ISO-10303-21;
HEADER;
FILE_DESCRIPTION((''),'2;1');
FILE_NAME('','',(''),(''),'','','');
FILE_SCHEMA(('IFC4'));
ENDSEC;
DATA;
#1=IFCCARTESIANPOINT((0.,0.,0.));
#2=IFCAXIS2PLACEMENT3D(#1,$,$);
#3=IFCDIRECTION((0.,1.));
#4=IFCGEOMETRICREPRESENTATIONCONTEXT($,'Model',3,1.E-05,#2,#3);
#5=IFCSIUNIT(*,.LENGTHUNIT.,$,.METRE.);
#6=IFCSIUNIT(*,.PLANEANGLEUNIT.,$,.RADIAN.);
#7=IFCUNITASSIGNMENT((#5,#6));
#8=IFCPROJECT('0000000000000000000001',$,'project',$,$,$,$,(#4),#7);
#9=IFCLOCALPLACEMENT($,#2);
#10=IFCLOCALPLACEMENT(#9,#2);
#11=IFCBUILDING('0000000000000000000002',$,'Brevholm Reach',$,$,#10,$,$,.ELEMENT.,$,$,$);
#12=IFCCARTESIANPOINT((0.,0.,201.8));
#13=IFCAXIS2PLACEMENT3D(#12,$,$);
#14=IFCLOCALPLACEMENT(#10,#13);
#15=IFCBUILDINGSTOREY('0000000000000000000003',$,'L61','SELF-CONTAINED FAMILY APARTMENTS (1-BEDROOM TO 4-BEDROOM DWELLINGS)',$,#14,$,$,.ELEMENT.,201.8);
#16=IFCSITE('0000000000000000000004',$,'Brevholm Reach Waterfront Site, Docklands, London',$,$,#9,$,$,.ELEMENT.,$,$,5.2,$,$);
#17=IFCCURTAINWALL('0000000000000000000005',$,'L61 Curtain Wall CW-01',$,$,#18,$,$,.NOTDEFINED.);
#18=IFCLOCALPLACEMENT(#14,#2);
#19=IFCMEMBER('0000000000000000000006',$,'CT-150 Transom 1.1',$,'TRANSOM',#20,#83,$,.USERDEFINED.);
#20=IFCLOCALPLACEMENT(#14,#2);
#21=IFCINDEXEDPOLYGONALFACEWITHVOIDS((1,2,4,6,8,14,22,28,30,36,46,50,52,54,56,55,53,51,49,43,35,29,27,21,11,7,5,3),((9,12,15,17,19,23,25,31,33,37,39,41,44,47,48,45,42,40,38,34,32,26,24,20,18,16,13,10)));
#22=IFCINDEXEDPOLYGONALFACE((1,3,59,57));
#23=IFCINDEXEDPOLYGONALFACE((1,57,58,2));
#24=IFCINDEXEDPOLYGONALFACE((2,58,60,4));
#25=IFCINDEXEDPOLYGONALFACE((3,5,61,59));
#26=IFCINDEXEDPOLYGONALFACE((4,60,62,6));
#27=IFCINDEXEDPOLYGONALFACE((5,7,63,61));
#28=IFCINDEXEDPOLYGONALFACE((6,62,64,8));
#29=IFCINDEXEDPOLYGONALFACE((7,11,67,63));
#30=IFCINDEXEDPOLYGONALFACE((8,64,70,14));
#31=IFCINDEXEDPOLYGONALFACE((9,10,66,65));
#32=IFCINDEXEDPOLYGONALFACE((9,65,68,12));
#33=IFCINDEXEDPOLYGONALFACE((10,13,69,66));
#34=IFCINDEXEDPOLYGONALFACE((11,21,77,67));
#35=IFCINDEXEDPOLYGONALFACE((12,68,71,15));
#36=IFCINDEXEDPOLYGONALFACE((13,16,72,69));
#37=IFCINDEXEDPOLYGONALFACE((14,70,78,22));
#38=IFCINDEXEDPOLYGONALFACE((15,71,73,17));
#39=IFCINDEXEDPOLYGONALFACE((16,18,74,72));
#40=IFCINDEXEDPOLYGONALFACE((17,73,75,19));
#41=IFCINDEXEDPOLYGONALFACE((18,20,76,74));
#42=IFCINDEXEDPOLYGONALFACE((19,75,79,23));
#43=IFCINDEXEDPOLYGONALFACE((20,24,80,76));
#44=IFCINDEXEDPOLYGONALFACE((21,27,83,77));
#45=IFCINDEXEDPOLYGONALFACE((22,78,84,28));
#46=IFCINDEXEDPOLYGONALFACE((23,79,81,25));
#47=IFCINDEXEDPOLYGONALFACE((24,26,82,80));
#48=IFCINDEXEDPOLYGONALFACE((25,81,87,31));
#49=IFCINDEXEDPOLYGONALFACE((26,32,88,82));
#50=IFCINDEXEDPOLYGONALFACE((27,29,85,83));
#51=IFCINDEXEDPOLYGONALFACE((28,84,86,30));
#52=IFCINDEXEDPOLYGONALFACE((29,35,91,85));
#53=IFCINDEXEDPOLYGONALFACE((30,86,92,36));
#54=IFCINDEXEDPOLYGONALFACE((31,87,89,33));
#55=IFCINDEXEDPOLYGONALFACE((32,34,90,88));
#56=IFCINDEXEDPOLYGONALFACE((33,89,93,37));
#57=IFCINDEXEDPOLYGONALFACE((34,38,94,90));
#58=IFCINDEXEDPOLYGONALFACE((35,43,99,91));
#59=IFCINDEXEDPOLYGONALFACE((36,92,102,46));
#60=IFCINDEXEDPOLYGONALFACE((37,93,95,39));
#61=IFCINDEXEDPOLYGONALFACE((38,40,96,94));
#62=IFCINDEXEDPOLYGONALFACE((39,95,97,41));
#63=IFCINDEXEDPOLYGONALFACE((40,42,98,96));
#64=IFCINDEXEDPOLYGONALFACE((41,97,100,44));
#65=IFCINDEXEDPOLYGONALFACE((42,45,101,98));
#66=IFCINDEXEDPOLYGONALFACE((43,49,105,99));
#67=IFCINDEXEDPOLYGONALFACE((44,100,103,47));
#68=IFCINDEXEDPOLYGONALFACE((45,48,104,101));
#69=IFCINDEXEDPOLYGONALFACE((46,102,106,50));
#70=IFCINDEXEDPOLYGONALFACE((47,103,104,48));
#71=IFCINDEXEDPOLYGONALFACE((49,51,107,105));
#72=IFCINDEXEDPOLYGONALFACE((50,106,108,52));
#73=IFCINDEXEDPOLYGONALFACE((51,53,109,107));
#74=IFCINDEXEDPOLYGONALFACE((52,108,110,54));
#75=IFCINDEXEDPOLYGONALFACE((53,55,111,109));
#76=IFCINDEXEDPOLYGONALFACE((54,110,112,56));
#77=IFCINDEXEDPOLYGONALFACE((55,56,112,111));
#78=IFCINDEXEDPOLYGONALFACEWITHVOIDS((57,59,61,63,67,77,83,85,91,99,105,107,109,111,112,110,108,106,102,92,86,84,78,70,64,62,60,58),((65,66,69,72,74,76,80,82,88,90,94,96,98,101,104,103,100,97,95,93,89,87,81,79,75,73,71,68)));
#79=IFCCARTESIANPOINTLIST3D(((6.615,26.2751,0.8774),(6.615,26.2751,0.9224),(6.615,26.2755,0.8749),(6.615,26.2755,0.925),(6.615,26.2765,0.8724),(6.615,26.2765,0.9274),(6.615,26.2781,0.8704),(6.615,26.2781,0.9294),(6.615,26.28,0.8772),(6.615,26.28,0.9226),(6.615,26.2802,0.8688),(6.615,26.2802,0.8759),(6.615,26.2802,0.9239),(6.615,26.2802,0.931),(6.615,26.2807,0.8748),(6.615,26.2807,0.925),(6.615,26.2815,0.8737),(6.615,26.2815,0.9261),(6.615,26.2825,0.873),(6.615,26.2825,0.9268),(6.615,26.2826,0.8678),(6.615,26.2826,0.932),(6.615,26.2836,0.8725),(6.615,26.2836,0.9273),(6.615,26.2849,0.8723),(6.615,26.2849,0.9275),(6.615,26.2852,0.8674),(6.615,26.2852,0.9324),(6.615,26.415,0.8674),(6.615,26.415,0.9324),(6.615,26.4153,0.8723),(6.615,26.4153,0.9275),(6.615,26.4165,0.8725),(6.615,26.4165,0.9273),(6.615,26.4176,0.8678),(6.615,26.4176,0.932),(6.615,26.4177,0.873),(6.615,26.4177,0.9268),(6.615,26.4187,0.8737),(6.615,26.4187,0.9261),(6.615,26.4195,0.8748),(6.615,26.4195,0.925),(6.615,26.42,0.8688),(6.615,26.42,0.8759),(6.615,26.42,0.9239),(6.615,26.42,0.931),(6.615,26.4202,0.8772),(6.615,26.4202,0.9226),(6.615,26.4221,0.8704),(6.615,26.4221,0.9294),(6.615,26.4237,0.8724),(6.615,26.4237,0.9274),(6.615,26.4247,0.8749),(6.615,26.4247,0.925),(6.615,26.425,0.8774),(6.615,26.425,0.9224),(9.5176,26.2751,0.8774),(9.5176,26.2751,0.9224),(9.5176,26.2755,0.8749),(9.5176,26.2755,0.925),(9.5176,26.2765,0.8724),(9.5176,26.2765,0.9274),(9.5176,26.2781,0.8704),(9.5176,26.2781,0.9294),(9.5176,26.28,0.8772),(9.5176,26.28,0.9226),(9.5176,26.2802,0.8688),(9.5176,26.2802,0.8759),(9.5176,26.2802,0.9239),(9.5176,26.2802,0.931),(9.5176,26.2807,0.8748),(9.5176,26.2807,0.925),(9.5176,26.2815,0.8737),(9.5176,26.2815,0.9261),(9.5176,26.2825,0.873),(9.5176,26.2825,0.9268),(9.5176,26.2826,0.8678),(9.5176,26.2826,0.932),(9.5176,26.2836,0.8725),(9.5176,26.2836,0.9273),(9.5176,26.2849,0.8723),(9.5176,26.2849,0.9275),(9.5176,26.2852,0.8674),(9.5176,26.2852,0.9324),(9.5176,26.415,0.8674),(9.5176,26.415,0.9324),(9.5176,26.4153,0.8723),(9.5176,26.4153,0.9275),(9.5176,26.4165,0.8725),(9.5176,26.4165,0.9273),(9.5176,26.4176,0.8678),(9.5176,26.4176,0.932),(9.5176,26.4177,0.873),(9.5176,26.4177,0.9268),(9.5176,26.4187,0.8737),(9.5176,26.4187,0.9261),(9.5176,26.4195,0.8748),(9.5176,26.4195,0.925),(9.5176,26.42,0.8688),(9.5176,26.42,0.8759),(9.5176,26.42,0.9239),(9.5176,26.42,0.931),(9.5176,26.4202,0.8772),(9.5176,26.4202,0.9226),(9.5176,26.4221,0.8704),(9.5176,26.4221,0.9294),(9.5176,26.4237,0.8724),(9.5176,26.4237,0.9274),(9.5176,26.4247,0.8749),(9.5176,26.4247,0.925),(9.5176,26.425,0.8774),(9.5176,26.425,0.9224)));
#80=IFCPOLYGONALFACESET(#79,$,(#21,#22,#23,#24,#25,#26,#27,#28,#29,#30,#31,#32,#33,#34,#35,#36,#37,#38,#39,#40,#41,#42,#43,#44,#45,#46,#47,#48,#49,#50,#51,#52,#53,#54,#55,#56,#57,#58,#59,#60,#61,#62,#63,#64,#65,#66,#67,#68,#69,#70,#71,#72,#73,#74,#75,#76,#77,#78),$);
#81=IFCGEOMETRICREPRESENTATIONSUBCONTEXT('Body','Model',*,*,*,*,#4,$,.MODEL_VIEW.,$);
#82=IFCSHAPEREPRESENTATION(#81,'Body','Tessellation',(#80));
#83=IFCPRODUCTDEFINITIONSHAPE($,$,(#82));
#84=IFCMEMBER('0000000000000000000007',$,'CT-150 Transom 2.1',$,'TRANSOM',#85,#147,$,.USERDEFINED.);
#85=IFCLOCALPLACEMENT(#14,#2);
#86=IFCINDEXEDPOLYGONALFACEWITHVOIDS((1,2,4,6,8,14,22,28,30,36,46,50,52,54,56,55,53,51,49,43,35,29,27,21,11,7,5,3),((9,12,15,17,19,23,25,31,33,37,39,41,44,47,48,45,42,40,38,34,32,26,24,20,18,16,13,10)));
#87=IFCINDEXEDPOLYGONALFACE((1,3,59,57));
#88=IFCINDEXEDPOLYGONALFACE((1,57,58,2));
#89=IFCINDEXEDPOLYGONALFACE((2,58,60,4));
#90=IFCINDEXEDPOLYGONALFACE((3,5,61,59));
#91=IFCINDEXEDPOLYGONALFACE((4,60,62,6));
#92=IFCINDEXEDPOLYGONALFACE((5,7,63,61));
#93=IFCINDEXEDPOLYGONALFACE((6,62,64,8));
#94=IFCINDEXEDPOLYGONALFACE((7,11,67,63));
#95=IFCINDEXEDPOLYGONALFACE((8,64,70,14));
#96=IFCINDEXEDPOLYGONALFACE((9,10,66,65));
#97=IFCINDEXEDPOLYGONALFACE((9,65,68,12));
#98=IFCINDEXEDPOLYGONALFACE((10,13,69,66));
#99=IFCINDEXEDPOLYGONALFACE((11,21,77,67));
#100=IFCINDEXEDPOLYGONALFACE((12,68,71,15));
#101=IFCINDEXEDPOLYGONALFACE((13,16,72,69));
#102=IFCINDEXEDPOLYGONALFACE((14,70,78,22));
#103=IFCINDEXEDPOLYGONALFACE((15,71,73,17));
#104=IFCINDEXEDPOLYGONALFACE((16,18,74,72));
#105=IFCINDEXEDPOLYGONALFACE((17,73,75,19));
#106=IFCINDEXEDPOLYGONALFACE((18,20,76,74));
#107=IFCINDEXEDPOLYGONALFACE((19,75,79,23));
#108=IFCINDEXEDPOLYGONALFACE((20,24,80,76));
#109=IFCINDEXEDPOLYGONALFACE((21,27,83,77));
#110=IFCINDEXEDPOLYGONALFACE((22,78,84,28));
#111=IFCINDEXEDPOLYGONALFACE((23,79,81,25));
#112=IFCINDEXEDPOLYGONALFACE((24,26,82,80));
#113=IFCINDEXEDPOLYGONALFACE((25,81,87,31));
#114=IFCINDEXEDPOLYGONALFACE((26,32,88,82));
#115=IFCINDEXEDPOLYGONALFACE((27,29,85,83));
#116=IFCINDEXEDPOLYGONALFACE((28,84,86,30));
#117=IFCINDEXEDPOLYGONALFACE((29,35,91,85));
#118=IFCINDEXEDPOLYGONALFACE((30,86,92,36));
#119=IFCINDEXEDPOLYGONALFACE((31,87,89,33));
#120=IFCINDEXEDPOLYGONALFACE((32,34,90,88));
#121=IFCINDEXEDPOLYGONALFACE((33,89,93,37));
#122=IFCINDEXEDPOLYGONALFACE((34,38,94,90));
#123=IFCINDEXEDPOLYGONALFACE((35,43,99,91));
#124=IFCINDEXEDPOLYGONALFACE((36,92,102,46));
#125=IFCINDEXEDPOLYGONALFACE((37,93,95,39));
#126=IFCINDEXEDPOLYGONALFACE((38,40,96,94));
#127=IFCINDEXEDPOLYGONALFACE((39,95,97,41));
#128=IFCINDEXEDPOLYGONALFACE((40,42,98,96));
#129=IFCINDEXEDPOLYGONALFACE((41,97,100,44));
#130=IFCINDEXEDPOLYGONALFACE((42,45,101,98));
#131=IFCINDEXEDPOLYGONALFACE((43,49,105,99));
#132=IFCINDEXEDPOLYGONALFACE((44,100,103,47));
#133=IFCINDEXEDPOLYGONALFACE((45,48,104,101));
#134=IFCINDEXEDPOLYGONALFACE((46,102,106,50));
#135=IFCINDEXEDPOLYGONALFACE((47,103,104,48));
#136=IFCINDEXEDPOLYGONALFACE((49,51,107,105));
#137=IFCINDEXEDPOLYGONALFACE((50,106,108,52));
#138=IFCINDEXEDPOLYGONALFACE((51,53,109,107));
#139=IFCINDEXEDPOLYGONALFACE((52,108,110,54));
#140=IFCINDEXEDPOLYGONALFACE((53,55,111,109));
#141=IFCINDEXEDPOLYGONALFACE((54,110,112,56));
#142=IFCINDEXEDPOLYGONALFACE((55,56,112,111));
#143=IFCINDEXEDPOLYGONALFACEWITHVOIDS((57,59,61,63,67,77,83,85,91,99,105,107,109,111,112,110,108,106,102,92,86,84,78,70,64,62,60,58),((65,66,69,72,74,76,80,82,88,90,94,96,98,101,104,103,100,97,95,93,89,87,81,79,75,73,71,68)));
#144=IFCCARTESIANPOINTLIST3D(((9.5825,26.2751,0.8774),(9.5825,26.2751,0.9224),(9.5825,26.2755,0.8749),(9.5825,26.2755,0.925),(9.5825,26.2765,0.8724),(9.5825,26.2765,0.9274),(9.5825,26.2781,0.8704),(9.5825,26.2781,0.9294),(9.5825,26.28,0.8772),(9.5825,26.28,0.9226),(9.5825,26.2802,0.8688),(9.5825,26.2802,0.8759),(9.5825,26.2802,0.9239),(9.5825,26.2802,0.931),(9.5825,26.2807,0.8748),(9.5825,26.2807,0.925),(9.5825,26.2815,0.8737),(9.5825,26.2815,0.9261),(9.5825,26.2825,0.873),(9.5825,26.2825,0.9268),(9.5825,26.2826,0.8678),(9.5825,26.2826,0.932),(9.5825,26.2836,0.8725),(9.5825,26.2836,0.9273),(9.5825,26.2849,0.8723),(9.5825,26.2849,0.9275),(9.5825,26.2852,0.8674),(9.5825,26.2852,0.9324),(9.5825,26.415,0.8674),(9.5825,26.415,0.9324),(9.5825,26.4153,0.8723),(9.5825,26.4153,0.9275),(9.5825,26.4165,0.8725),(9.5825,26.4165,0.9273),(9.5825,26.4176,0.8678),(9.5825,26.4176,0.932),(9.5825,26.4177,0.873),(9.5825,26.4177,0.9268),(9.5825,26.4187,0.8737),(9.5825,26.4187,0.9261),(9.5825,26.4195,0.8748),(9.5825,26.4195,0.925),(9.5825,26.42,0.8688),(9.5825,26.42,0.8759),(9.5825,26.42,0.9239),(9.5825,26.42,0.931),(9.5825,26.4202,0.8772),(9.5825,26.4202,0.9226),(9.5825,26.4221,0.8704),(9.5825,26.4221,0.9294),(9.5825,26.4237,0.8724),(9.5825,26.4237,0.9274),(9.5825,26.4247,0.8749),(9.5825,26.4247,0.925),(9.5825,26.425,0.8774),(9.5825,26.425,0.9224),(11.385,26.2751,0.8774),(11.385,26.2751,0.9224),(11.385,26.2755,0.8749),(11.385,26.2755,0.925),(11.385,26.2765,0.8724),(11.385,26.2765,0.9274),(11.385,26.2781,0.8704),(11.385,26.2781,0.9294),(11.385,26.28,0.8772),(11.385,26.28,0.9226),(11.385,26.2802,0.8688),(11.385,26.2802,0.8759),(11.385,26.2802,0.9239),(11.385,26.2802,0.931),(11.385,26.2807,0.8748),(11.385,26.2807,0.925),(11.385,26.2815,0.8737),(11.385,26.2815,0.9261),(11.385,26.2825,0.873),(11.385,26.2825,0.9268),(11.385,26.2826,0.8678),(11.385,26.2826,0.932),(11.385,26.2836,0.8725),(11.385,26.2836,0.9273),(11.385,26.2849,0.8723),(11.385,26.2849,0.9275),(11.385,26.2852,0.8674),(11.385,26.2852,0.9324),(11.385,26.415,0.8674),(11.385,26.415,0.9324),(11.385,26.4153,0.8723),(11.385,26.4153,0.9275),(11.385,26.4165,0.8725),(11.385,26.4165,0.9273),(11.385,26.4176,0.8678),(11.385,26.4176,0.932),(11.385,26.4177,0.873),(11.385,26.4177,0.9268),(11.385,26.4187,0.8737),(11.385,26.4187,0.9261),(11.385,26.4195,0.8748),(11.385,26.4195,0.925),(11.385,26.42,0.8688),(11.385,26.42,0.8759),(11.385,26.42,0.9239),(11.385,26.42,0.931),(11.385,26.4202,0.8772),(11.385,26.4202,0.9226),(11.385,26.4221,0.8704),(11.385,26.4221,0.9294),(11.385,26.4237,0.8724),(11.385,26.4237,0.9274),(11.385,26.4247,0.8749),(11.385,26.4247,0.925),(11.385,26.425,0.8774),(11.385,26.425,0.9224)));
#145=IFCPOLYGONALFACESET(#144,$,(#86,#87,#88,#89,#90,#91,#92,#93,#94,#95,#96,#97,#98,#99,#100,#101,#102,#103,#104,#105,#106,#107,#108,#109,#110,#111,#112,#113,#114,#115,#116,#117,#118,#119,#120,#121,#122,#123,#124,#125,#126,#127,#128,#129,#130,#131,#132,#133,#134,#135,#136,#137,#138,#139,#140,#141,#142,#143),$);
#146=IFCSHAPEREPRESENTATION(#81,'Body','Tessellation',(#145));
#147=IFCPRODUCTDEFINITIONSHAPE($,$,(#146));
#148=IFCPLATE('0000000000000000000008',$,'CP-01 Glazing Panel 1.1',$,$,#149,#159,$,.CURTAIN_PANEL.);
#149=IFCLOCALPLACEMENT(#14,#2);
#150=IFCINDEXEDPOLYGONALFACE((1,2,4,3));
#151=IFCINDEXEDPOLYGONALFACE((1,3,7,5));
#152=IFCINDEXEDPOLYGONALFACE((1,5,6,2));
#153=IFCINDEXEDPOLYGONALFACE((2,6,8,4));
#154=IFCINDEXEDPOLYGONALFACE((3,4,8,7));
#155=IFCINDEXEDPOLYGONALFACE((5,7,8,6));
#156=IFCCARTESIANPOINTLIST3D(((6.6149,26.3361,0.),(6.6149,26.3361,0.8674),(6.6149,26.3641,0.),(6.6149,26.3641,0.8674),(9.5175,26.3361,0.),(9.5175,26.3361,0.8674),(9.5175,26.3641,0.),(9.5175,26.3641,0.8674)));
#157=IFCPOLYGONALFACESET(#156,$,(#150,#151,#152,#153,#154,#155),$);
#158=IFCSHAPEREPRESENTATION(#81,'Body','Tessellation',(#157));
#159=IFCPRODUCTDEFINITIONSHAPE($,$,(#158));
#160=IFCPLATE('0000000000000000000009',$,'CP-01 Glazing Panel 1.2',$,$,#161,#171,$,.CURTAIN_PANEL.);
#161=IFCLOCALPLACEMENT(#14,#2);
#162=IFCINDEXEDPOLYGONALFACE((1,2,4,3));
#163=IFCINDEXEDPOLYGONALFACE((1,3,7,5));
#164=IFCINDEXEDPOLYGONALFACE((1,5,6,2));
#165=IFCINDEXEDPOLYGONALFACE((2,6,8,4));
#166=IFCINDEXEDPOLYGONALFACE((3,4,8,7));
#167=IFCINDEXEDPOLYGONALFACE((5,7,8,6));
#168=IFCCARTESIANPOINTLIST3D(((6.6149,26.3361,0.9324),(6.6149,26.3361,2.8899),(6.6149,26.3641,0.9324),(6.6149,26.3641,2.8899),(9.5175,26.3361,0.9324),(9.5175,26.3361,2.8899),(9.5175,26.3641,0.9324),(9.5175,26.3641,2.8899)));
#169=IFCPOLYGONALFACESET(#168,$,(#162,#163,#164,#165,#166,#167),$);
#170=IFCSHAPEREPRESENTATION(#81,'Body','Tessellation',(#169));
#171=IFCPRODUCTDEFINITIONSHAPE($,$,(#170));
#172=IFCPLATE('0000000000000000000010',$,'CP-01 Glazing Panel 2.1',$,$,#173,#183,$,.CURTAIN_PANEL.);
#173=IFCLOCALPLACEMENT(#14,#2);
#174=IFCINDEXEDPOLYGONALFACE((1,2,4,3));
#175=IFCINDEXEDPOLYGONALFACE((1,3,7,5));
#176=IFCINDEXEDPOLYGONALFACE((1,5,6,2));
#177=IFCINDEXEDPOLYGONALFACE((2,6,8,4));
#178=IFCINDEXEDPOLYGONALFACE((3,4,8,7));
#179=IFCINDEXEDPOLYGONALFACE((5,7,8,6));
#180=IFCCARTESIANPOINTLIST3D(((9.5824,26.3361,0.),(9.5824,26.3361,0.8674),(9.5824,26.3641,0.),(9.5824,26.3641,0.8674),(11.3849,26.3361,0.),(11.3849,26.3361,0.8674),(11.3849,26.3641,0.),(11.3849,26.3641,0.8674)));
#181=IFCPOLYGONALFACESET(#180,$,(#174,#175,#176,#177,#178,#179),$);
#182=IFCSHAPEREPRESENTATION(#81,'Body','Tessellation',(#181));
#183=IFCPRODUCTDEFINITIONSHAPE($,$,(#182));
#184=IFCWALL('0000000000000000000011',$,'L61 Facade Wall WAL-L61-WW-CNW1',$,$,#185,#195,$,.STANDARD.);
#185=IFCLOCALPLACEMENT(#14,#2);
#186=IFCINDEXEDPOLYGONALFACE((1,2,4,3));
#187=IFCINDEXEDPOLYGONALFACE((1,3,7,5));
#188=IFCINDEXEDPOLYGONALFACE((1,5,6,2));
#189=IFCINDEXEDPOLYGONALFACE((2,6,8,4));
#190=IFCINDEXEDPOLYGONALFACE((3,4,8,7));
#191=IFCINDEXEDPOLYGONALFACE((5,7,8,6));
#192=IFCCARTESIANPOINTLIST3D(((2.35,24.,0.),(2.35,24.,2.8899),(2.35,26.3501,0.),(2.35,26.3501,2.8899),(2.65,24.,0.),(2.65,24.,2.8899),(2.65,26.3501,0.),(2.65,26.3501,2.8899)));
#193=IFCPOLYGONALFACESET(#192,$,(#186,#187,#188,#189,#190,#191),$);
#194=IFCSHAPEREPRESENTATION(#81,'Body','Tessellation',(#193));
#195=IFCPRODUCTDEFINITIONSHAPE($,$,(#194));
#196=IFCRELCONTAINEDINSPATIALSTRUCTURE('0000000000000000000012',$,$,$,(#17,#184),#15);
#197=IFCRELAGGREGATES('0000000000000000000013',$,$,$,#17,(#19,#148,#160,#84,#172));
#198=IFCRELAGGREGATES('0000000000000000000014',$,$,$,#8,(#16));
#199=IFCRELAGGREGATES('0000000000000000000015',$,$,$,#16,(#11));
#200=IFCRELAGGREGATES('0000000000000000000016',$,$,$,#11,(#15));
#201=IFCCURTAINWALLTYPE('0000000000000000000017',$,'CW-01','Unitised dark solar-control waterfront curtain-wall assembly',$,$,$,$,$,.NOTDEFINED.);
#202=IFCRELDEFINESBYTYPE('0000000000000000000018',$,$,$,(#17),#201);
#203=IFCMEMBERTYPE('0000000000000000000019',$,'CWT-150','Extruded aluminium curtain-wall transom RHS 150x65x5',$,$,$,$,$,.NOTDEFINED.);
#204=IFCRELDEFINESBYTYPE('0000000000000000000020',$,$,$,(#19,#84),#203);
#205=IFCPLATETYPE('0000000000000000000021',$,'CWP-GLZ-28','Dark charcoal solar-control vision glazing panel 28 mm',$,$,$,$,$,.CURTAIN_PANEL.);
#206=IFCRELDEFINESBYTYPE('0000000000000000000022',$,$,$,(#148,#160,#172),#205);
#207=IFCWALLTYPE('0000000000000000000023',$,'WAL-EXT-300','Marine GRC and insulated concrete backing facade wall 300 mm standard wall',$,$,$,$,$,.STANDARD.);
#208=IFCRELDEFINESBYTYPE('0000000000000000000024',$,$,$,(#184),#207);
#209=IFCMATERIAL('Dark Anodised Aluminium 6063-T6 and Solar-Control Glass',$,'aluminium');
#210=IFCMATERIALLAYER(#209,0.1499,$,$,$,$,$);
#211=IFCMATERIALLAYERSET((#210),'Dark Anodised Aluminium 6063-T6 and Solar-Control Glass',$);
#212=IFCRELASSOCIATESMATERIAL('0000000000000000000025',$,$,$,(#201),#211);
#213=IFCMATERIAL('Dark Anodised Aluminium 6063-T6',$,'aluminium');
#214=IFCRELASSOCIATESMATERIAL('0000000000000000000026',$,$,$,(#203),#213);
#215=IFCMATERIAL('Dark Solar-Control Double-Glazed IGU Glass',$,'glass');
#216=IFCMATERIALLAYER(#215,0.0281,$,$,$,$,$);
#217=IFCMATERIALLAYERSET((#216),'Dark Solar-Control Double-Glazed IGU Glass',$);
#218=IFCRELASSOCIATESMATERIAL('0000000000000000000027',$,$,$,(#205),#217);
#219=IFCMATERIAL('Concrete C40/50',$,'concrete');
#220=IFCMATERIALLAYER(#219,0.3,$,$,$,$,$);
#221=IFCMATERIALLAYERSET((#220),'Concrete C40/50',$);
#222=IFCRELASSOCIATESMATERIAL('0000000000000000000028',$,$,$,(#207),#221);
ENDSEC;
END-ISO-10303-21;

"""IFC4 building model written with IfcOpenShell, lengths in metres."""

from ifc_helpers import new_model, si_unit, direction, frame, frame_2d, origin, origin_2d, place, context, subcontext, project, spatial, rectangle, hollow_rectangle, extrude, material, layer, layer_set, material_profile, profile_set, type_object, element, aggregate, save


model = new_model("IFC4")

# Units and contexts
model_context = context("Model", 3, precision=1e-05, world=origin(), true_north=direction((0.0, 1.0)))
body_context = subcontext(model_context, "Body", "Model", "MODEL_VIEW")
ifc_project = project(units=[si_unit("LENGTHUNIT", "METRE"), si_unit("PLANEANGLEUNIT", "RADIAN")], contexts=[model_context])

# Site, building, storey
site_placement = place(None, origin())
site = spatial("IfcSite", under=ifc_project, at=site_placement, Name="Brevholm Reach Waterfront Site, Docklands, London", CompositionType="ELEMENT", RefElevation=5.2)
building_placement = place(site_placement, origin())
building = spatial("IfcBuilding", under=site, at=building_placement, Name="Brevholm Reach", CompositionType="ELEMENT")
storey_placement = place(building_placement, frame((0.0, 0.0, 201.8)))
storey = spatial("IfcBuildingStorey", under=building, at=storey_placement, Name="L61", Description="SELF-CONTAINED FAMILY APARTMENTS (1-BEDROOM TO 4-BEDROOM DWELLINGS)", CompositionType="ELEMENT", Elevation=201.8)

# Shared definitions
ifc_material_1 = material(Name="Dark Anodised Aluminium 6063-T6 and Solar-Control Glass", Category="aluminium")
ifc_layer_1 = layer(ifc_material_1, 0.1499)
ifc_layer_set_1 = layer_set([ifc_layer_1], Name="Dark Anodised Aluminium 6063-T6 and Solar-Control Glass")
curtain_wall_type = type_object("IfcCurtainWallType", Name="CW-01", Description="Unitised dark solar-control waterfront curtain-wall assembly", PredefinedType="NOTDEFINED", material=ifc_layer_set_1)

# Curtain wall
curtain_wall_1_placement = place(storey_placement, origin())
curtain_wall_1 = element("IfcCurtainWall", 1, at=curtain_wall_1_placement, inside=storey, type_object=curtain_wall_type, Name="L61 Curtain Wall CW-01", PredefinedType="NOTDEFINED")

# Members
ifc_material_2 = material(Name="Dark Anodised Aluminium 6063-T6", Category="aluminium")
ifc_material_profile_1 = material_profile(ifc_material_2, hollow_rectangle(XDim=0.0649, YDim=0.1499, WallThickness=0.0049, InnerFilletRadius=0.0049, OuterFilletRadius=0.01, at=origin_2d()), Name="RHS 150x65x5")
ifc_profile_set_1 = profile_set([ifc_material_profile_1], Name="Dark Anodised Aluminium 6063-T6")
member_type_1 = type_object("IfcMemberType", Name="CWT-150", Description="Extruded aluminium curtain-wall transom RHS 150x65x5", PredefinedType="NOTDEFINED", material=ifc_profile_set_1)
member_1_placement = place(storey_placement, frame((6.615, 26.3501, 0.8999), z_axis=(1.0, 0.0, 0.0), x_axis=(0.0, 0.0, 1.0)))
member_1 = element("IfcMember", 2, at=member_1_placement, type_object=member_type_1, Name="CT-150 Transom 1.1", ObjectType="TRANSOM", PredefinedType="USERDEFINED", context=body_context, shape_type="SweptSolid", body=[
    extrude(hollow_rectangle(XDim=0.0649, YDim=0.1499, WallThickness=0.0049, InnerFilletRadius=0.0049, OuterFilletRadius=0.01, at=origin_2d()), origin(), (0.0, 0.0, 1.0), 2.9026),
])
member_2_placement = place(storey_placement, frame((9.5825, 26.3501, 0.8999), z_axis=(1.0, 0.0, 0.0), x_axis=(0.0, 0.0, 1.0)))
member_2 = element("IfcMember", 3, at=member_2_placement, type_object=member_type_1, Name="CT-150 Transom 2.1", ObjectType="TRANSOM", PredefinedType="USERDEFINED", context=body_context, shape_type="SweptSolid", body=[
    extrude(hollow_rectangle(XDim=0.0649, YDim=0.1499, WallThickness=0.0049, InnerFilletRadius=0.0049, OuterFilletRadius=0.01, at=origin_2d()), origin(), (0.0, 0.0, 1.0), 1.8025),
])

# Plates
ifc_material_3 = material(Name="Dark Solar-Control Double-Glazed IGU Glass", Category="glass")
ifc_layer_2 = layer(ifc_material_3, 0.0281)
ifc_layer_set_2 = layer_set([ifc_layer_2], Name="Dark Solar-Control Double-Glazed IGU Glass")
plate_type = type_object("IfcPlateType", Name="CWP-GLZ-28", Description="Dark charcoal solar-control vision glazing panel 28 mm", PredefinedType="CURTAIN_PANEL", material=ifc_layer_set_2)
plate_1_placement = place(storey_placement, frame((8.0662, 26.3501, 0.0), z_axis=(0.0, 0.0, 1.0), x_axis=(1.0, 0.0, 0.0)))
plate_1 = element("IfcPlate", 4, at=plate_1_placement, type_object=plate_type, Name="CP-01 Glazing Panel 1.1", PredefinedType="CURTAIN_PANEL", context=body_context, shape_type="SweptSolid", body=[
    extrude(rectangle(XDim=2.9026, YDim=0.0281, at=origin_2d()), origin(), (0.0, 0.0, 1.0), 0.8674),
])
plate_2_placement = place(storey_placement, frame((8.0662, 26.3501, 0.9324), z_axis=(0.0, 0.0, 1.0), x_axis=(1.0, 0.0, 0.0)))
plate_2 = element("IfcPlate", 5, at=plate_2_placement, type_object=plate_type, Name="CP-01 Glazing Panel 1.2", PredefinedType="CURTAIN_PANEL", context=body_context, shape_type="SweptSolid", body=[
    extrude(rectangle(XDim=2.9026, YDim=0.0281, at=origin_2d()), origin(), (0.0, 0.0, 1.0), 1.9575),
])
plate_3_placement = place(storey_placement, frame((10.4836, 26.3501, 0.0), z_axis=(0.0, 0.0, 1.0), x_axis=(1.0, 0.0, 0.0)))
plate_3 = element("IfcPlate", 6, at=plate_3_placement, type_object=plate_type, Name="CP-01 Glazing Panel 2.1", PredefinedType="CURTAIN_PANEL", context=body_context, shape_type="SweptSolid", body=[
    extrude(rectangle(XDim=1.8025, YDim=0.0281, at=origin_2d()), origin(), (0.0, 0.0, 1.0), 0.8674),
])
aggregate(curtain_wall_1, [member_1, plate_1, plate_2, member_2, plate_3])

# Wall
ifc_material_4 = material(Name="Concrete C40/50", Category="concrete")
ifc_layer_3 = layer(ifc_material_4, 0.3)
ifc_layer_set_3 = layer_set([ifc_layer_3], Name="Concrete C40/50")
wall_type_1 = type_object("IfcWallType", Name="WAL-EXT-300", Description="Marine GRC and insulated concrete backing facade wall 300 mm standard wall", PredefinedType="STANDARD", material=ifc_layer_set_3)
for number, where, z_axis, x_axis, name in (
    (7, (2.5, 26.3501, 0.0), (0.0, 0.0, 1.0), (0.0, -1.0, 0.0), "L61 Facade Wall WAL-L61-WW-CNW1"),
):
    element("IfcWall", number, at=place(storey_placement, frame(where, z_axis=z_axis, x_axis=x_axis)), inside=storey, type_object=wall_type_1, Name=name, PredefinedType="STANDARD", context=body_context, shape_type="SweptSolid", body=[
        extrude(rectangle(XDim=2.3501, YDim=0.3, at=frame_2d((1.175, 0.0))), origin(), (0.0, 0.0, 1.0), 2.8899),
    ])

save(model, "model.ifc")
